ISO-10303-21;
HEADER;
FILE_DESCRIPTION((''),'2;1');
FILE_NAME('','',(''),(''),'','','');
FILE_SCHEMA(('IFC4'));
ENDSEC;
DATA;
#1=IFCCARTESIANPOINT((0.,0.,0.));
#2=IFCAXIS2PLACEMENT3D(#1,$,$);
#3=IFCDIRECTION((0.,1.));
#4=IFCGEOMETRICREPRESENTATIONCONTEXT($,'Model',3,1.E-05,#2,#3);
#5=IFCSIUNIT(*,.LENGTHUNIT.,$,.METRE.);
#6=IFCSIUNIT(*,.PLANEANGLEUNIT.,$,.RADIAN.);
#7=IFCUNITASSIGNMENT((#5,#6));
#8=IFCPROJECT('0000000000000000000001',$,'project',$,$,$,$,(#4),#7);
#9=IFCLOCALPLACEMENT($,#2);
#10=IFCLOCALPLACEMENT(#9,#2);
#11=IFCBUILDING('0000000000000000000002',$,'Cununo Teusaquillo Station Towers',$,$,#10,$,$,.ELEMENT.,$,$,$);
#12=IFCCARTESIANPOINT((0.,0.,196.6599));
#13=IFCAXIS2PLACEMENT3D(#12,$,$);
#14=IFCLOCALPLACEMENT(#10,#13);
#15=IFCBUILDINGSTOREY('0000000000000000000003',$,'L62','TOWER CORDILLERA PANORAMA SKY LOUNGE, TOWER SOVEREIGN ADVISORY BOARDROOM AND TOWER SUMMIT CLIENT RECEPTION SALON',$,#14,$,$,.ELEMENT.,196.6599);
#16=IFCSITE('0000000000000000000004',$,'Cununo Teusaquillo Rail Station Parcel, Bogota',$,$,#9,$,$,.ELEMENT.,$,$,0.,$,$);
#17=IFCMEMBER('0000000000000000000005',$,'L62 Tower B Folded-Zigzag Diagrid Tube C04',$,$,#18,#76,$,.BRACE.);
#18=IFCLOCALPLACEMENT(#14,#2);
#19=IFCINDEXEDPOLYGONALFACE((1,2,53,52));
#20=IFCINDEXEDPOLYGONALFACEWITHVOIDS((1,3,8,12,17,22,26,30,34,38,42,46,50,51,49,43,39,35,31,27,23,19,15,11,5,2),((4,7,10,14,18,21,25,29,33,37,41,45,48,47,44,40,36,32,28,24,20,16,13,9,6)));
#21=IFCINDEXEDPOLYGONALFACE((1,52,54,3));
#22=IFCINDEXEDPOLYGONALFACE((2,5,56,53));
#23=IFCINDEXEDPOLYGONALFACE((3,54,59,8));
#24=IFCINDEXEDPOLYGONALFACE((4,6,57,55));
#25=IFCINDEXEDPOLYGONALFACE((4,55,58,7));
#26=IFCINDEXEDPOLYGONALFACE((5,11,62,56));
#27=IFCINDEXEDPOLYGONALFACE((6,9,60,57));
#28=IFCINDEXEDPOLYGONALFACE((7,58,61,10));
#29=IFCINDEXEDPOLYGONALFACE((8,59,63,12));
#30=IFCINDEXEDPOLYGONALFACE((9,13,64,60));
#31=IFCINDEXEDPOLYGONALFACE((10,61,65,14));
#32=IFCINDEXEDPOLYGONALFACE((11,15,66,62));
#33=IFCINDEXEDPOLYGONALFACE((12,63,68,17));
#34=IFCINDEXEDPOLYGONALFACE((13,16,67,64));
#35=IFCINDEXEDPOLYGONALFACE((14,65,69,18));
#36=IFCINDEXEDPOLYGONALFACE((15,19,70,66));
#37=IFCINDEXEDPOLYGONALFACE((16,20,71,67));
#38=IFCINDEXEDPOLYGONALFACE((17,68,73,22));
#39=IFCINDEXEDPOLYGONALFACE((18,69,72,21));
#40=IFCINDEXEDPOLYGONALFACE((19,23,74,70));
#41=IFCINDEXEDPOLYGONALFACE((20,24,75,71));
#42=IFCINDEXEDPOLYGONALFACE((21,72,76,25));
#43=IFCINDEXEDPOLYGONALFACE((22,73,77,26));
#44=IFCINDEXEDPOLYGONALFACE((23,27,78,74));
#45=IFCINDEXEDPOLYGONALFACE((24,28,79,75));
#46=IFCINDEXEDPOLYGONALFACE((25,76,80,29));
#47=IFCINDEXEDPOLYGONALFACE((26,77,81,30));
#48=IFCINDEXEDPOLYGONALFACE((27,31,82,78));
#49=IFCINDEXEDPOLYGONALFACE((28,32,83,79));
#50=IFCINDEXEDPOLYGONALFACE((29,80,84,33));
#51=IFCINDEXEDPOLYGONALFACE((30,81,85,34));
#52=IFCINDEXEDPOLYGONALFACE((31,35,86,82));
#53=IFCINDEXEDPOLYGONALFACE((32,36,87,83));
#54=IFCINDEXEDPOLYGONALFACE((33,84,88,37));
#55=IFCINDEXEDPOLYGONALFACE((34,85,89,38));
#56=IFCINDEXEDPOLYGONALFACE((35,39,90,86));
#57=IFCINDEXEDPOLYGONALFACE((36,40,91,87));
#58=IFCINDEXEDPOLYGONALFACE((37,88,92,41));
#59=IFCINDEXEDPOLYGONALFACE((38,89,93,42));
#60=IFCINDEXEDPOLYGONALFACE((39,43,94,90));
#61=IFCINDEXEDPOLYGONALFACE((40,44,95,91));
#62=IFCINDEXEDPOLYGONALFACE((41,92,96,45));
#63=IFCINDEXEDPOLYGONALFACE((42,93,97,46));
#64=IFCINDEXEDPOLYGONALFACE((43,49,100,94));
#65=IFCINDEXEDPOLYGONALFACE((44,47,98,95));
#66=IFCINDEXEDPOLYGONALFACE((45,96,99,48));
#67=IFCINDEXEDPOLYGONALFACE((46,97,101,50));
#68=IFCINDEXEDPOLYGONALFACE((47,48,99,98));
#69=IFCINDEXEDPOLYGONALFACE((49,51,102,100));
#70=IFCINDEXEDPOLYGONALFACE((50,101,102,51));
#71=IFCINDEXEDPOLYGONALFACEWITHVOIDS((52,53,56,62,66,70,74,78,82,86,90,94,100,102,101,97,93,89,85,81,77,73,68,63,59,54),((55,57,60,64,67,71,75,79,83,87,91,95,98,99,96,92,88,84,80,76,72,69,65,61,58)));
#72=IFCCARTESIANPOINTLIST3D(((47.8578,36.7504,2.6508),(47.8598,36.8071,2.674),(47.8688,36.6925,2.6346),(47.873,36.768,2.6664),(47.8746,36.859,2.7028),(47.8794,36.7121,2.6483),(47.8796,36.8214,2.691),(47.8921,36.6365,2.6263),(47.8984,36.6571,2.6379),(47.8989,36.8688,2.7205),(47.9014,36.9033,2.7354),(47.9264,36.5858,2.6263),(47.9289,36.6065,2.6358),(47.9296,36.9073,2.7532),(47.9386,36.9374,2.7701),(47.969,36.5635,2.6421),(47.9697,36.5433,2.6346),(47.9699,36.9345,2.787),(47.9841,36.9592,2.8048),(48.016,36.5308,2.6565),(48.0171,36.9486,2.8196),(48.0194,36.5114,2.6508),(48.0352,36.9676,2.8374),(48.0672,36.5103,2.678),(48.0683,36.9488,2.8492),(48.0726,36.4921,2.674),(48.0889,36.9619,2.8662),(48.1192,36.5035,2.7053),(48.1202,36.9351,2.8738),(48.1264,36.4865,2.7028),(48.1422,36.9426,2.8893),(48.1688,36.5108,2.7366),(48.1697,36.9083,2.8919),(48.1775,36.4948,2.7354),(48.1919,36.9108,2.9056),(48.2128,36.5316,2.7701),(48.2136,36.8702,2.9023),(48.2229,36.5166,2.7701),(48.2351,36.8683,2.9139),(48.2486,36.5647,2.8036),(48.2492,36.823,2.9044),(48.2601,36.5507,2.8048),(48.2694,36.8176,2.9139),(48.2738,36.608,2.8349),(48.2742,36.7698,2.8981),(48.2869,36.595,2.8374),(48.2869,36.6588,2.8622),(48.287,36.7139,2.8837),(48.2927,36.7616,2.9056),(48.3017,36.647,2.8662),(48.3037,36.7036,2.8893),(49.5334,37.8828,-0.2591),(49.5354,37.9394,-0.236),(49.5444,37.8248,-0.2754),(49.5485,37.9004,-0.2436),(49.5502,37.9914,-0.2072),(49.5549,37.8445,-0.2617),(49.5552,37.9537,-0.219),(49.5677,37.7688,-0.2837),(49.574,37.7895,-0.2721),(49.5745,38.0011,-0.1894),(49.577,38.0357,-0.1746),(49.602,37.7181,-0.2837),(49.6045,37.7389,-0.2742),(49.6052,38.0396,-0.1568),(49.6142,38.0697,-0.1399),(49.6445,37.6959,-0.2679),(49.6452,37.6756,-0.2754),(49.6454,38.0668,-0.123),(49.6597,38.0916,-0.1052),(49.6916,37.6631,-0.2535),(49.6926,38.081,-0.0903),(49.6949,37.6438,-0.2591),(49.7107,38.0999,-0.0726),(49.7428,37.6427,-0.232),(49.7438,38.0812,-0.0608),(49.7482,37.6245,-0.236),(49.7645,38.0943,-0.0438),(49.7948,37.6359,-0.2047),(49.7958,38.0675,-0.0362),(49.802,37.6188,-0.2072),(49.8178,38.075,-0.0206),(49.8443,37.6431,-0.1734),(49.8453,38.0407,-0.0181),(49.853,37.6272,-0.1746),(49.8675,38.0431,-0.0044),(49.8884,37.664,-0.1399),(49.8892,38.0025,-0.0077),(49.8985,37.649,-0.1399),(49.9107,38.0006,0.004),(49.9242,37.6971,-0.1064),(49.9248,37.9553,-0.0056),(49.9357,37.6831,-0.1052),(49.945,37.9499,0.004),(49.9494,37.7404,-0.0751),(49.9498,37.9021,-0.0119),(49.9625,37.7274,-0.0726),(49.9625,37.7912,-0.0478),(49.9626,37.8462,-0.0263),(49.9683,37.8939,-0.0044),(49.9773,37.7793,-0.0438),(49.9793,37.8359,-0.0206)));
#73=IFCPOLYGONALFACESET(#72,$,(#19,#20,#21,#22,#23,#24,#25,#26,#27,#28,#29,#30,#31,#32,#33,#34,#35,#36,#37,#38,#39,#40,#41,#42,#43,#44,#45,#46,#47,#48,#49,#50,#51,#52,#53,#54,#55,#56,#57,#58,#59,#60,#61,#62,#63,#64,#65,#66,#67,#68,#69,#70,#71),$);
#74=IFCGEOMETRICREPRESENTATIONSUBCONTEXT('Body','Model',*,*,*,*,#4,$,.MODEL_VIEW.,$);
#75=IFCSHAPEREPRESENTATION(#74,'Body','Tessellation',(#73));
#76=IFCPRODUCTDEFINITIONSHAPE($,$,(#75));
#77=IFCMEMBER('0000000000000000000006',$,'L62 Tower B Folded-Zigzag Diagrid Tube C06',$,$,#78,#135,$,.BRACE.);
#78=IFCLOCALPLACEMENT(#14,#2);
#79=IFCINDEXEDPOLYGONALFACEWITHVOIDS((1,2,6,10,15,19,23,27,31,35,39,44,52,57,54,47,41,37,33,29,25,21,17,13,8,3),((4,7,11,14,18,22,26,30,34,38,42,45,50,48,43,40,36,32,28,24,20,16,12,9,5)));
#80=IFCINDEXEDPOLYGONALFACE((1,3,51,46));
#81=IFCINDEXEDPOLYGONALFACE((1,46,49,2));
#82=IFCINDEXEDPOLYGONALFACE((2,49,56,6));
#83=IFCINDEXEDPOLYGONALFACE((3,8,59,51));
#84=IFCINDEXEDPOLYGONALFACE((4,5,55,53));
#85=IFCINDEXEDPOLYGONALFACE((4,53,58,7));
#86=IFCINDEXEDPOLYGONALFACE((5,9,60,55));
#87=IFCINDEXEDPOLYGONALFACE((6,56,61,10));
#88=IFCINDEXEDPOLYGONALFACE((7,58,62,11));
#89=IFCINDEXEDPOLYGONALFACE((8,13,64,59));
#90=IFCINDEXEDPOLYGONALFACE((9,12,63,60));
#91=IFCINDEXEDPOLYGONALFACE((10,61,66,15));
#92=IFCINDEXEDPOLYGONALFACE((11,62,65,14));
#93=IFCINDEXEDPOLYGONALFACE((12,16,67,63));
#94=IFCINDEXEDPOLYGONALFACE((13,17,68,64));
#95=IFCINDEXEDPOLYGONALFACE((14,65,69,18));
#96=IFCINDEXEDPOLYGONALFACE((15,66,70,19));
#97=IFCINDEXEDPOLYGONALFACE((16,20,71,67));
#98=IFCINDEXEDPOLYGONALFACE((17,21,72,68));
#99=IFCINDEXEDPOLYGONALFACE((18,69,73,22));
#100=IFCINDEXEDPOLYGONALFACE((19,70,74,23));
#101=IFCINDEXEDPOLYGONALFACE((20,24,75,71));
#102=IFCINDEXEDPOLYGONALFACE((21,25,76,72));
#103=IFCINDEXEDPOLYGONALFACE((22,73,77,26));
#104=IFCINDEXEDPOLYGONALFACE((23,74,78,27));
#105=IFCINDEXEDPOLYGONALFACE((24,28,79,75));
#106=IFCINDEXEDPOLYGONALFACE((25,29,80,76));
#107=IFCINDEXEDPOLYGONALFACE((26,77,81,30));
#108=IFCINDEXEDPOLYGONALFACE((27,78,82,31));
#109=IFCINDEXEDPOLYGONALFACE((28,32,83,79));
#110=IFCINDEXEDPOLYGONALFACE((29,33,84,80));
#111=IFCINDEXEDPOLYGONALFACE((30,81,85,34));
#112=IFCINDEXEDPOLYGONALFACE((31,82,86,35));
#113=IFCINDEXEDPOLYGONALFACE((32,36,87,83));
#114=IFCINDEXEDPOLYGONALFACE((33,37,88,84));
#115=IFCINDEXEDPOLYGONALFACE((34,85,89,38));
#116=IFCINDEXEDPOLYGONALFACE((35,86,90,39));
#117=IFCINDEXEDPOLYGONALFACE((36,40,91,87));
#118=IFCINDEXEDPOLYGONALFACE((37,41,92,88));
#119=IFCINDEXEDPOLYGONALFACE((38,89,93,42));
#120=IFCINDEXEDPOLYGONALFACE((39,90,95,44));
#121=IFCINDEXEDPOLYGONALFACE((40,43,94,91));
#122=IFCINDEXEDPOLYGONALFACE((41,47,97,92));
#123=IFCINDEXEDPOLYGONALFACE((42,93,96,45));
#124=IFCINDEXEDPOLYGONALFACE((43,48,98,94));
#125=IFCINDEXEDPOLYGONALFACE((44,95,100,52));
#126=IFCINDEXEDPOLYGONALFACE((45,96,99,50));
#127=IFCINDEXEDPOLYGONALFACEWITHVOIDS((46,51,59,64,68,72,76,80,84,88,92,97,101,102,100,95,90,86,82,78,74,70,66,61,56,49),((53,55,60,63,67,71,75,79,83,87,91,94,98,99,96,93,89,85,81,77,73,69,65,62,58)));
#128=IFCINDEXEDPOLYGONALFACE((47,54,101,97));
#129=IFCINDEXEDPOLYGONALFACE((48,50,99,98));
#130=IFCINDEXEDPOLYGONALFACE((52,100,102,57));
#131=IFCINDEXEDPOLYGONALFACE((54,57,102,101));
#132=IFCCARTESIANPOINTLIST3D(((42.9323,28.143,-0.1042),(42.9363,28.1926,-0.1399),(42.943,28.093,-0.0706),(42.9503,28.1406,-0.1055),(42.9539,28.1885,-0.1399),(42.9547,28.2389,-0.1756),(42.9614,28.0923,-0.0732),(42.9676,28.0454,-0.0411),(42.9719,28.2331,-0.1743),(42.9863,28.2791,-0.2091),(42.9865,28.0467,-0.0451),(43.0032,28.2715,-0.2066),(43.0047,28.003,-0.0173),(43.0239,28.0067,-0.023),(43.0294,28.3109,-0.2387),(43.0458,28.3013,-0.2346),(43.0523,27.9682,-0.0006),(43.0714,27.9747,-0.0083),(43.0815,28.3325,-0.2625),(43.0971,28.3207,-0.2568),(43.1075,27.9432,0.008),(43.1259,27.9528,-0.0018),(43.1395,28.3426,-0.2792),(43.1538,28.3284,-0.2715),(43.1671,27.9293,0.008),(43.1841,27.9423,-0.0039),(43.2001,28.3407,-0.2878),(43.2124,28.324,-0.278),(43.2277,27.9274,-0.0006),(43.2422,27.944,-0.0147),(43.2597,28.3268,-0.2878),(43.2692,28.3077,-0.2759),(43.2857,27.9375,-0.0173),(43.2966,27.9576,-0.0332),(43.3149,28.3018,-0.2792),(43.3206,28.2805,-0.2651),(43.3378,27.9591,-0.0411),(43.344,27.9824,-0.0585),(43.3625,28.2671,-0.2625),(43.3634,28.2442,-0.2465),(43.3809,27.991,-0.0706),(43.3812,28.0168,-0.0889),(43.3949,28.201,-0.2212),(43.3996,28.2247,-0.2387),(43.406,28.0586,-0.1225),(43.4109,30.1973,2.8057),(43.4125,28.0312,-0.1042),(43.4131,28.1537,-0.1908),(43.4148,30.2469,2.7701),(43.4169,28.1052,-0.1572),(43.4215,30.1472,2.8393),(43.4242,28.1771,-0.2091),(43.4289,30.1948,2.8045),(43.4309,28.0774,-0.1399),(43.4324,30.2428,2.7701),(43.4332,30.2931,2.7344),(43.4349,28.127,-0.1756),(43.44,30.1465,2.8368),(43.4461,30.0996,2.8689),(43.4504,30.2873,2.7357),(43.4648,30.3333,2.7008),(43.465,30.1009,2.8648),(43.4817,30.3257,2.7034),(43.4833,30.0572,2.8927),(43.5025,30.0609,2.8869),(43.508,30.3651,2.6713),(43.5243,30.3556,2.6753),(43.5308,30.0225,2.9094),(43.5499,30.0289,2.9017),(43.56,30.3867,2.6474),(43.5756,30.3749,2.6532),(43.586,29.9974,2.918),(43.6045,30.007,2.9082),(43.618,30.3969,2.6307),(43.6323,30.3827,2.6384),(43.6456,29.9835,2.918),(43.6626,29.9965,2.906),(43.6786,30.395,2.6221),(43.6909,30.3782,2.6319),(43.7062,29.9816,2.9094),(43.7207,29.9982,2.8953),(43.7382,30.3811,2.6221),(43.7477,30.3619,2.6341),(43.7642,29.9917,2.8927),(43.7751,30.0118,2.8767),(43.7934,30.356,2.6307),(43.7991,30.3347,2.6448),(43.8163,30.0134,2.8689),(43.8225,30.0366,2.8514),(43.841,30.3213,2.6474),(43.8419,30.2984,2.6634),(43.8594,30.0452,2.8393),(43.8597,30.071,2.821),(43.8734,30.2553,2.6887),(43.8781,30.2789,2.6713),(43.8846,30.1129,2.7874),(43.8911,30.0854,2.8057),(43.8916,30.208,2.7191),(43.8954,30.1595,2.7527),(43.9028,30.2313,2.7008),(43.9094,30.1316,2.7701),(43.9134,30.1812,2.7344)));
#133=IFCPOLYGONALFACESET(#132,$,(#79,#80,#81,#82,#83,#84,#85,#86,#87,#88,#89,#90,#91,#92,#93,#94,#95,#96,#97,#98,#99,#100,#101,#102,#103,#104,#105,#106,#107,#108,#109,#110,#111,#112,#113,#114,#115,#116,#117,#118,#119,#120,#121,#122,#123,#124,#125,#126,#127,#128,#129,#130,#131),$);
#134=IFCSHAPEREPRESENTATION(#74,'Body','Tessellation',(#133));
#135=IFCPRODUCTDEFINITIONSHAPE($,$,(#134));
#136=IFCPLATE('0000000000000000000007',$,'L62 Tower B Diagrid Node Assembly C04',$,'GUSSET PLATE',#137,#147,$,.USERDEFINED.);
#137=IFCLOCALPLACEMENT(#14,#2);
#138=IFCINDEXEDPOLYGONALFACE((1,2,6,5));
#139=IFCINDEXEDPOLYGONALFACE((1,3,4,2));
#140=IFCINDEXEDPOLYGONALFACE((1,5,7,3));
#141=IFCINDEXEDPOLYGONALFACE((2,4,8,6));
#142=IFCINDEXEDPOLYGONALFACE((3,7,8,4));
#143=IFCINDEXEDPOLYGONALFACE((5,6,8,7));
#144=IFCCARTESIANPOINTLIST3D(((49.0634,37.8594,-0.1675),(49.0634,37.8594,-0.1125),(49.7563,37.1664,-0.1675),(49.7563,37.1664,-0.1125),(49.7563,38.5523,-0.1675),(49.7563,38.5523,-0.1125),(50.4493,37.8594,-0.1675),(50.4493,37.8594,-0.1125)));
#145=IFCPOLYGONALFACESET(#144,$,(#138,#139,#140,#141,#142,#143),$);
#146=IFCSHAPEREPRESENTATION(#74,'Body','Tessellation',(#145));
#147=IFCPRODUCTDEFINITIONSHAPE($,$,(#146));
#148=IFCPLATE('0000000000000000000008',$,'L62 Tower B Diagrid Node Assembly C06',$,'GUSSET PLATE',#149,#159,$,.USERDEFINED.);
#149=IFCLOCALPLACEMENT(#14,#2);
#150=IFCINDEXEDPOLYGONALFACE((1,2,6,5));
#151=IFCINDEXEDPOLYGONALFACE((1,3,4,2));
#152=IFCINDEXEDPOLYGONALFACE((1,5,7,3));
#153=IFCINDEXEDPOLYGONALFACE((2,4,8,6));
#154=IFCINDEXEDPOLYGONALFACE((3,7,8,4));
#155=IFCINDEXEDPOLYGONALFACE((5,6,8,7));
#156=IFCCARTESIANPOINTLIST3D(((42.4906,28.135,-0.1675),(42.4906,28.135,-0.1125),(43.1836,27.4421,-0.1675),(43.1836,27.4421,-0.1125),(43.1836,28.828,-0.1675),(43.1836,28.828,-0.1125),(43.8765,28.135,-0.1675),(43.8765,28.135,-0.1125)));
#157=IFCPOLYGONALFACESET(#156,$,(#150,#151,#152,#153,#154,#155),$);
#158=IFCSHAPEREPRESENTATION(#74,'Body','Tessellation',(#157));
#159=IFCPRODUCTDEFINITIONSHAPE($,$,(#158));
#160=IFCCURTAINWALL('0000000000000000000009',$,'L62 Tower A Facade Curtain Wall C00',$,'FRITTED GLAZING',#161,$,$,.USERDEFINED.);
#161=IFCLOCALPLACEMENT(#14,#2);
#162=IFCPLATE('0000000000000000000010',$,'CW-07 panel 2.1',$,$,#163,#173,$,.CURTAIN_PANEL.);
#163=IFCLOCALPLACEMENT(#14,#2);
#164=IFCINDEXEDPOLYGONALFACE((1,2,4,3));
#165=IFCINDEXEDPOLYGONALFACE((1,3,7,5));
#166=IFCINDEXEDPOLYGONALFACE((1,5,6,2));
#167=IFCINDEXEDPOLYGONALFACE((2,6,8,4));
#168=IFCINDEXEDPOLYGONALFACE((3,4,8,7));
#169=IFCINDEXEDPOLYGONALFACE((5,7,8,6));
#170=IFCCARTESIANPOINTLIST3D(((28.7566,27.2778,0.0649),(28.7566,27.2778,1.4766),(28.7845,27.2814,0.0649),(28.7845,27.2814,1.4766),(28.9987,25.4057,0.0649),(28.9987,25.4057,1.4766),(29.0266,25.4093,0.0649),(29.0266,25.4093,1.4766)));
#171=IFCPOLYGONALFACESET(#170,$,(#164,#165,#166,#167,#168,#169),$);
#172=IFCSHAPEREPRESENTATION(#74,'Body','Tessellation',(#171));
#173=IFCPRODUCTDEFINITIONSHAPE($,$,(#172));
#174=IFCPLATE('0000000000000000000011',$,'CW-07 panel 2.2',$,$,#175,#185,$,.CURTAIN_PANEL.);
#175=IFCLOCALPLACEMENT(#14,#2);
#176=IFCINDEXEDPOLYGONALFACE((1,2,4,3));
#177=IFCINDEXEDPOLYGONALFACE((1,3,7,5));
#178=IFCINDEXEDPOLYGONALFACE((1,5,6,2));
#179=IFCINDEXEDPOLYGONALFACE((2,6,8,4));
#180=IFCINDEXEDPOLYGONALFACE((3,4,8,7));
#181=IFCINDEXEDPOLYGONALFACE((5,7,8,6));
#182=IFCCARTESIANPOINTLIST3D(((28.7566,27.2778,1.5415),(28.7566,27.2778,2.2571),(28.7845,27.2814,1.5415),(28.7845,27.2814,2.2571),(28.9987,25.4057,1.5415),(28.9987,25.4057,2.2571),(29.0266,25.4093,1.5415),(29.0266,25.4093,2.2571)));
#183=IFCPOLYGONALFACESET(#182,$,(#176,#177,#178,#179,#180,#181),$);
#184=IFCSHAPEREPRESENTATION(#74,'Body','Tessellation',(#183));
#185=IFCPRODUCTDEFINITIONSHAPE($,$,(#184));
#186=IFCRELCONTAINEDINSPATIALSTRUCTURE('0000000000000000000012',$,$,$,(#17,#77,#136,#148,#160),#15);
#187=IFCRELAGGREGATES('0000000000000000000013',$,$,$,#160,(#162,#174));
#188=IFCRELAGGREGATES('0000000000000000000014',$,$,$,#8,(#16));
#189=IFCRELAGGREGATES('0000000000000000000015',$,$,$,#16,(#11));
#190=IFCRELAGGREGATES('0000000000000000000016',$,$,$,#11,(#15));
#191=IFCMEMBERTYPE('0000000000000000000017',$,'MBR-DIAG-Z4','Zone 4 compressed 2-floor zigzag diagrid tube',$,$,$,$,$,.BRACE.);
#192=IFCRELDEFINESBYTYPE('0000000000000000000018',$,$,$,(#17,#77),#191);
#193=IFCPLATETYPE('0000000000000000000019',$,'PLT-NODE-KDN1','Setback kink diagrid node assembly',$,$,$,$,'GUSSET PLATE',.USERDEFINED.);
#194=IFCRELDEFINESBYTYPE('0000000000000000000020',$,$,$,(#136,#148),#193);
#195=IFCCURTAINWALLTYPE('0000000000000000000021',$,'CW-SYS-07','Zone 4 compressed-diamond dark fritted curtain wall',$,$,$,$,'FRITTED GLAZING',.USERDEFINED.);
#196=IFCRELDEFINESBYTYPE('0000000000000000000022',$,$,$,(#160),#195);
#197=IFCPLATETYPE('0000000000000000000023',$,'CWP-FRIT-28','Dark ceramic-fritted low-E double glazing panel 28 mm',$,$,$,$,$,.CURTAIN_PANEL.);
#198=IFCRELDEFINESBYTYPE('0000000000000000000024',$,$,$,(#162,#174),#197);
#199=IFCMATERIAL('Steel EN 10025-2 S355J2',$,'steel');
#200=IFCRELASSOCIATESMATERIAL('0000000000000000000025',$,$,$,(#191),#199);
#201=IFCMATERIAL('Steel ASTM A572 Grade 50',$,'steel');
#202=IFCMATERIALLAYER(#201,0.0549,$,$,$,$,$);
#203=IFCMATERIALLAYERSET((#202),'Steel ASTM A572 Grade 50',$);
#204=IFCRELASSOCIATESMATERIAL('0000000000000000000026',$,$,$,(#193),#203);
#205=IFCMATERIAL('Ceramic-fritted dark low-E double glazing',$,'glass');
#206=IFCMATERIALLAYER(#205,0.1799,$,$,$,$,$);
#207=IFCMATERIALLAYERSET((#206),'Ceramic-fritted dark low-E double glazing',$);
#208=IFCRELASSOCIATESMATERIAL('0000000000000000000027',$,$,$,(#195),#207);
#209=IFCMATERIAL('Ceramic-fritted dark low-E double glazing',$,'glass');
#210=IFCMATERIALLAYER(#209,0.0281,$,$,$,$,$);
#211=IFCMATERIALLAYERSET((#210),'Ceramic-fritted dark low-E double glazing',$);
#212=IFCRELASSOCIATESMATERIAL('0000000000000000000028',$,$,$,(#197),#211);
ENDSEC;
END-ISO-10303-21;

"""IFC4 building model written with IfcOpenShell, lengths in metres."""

from ifc_helpers import new_model, si_unit, direction, frame, origin, origin_2d, place, context, subcontext, project, spatial, rectangle, hollow_circle, extrude, source, transform, mapped, material, layer, layer_set, material_profile, profile_set, type_object, element, aggregate, save


model = new_model("IFC4")

# Units and contexts
model_context = context("Model", 3, precision=1e-05, world=origin(), true_north=direction((0.0, 1.0)))
body_context = subcontext(model_context, "Body", "Model", "MODEL_VIEW")
ifc_project = project(units=[si_unit("LENGTHUNIT", "METRE"), si_unit("PLANEANGLEUNIT", "RADIAN")], contexts=[model_context])

# Site, building, storey
site_placement = place(None, origin())
site = spatial("IfcSite", under=ifc_project, at=site_placement, Name="Cununo Teusaquillo Rail Station Parcel, Bogota", CompositionType="ELEMENT", RefElevation=0.0)
building_placement = place(site_placement, origin())
building = spatial("IfcBuilding", under=site, at=building_placement, Name="Cununo Teusaquillo Station Towers", CompositionType="ELEMENT")
storey_placement = place(building_placement, frame((0.0, 0.0, 196.6599)))
storey = spatial("IfcBuildingStorey", under=building, at=storey_placement, Name="L62", Description="TOWER CORDILLERA PANORAMA SKY LOUNGE, TOWER SOVEREIGN ADVISORY BOARDROOM AND TOWER SUMMIT CLIENT RECEPTION SALON", CompositionType="ELEMENT", Elevation=196.6599)

# Members
ifc_material_1 = material(Name="Steel EN 10025-2 S355J2", Category="steel")
ifc_material_profile_1 = material_profile(ifc_material_1, hollow_circle(Radius=0.2539, WallThickness=0.0181, at=origin_2d()), Name="CHS 508x18")
ifc_profile_set_1 = profile_set([ifc_material_profile_1], Name="Steel EN 10025-2 S355J2")
member_type = type_object("IfcMemberType", Name="MBR-DIAG-Z4", Description="Zone 4 compressed 2-floor zigzag diagrid tube", PredefinedType="BRACE", material=ifc_profile_set_1)
member_1_placement = place(storey_placement, frame((49.7563, 37.8594, -0.1399), z_axis=(-0.472833, -0.31954, 0.821172), x_axis=(0.559927, -0.828542, 0.0)))
element("IfcMember", 1, at=member_1_placement, inside=storey, type_object=member_type, Name="L62 Tower B Folded-Zigzag Diagrid Tube C04", PredefinedType="BRACE", context=body_context, shape_type="SweptSolid", body=[
    extrude(hollow_circle(Radius=0.2539, WallThickness=0.0181, at=origin_2d()), origin(), (0.0, 0.0, 1.0), 3.5437),
])
member_2_placement = place(storey_placement, frame((43.1836, 28.135, -0.1399), z_axis=(0.133146, 0.571575, 0.809675), x_axis=(-0.973925, 0.226871, 0.0)))
element("IfcMember", 2, at=member_2_placement, inside=storey, type_object=member_type, Name="L62 Tower B Folded-Zigzag Diagrid Tube C06", PredefinedType="BRACE", context=body_context, shape_type="SweptSolid", body=[
    extrude(hollow_circle(Radius=0.2539, WallThickness=0.0181, at=origin_2d()), origin(), (0.0, 0.0, 1.0), 3.594),
])

# Plates
ifc_material_2 = material(Name="Steel ASTM A572 Grade 50", Category="steel")
ifc_layer_1 = layer(ifc_material_2, 0.0549)
ifc_layer_set_1 = layer_set([ifc_layer_1], Name="Steel ASTM A572 Grade 50")
plate_type_1 = type_object("IfcPlateType", Name="PLT-NODE-KDN1", Description="Setback kink diagrid node assembly", ElementType="GUSSET PLATE", PredefinedType="USERDEFINED", material=ifc_layer_set_1)
shared_shape_1 = source(origin(), body_context, "Body", "SweptSolid", [
    extrude(rectangle(XDim=0.98, YDim=0.98, at=origin_2d()), origin(), (0.0, 0.0, 1.0), 0.0549),
])
for number, where, z_axis, x_axis, name in (
    (3, (49.7563, 37.8594, -0.1675), (0.0, 0.0, 1.0), (0.707107, 0.707107, 0.0), "L62 Tower B Diagrid Node Assembly C04"),
    (4, (43.1836, 28.135, -0.1675), (0.0, 0.0, 1.0), (0.707107, 0.707107, 0.0), "L62 Tower B Diagrid Node Assembly C06"),
):
    element("IfcPlate", number, at=place(storey_placement, frame(where, z_axis=z_axis, x_axis=x_axis)), inside=storey, type_object=plate_type_1, Name=name, ObjectType="GUSSET PLATE", PredefinedType="USERDEFINED", context=body_context, shape_type="MappedRepresentation", body=[
        mapped(shared_shape_1, transform((0.0, 0.0, 0.0), x_axis=(1.0, 0.0, 0.0), y_axis=(0.0, 1.0, 0.0), z_axis=(0.0, 0.0, 1.0), scale=1.0)),
    ])

# Curtain wall, plates
ifc_material_3 = material(Name="Ceramic-fritted dark low-E double glazing", Category="glass")
ifc_layer_2 = layer(ifc_material_3, 0.1799)
ifc_layer_set_2 = layer_set([ifc_layer_2], Name="Ceramic-fritted dark low-E double glazing")
curtain_wall_type = type_object("IfcCurtainWallType", Name="CW-SYS-07", Description="Zone 4 compressed-diamond dark fritted curtain wall", ElementType="FRITTED GLAZING", PredefinedType="USERDEFINED", material=ifc_layer_set_2)
curtain_wall_placement = place(storey_placement, origin())
curtain_wall = element("IfcCurtainWall", 5, at=curtain_wall_placement, inside=storey, type_object=curtain_wall_type, Name="L62 Tower A Facade Curtain Wall C00", ObjectType="FRITTED GLAZING", PredefinedType="USERDEFINED")
ifc_material_4 = material(Name="Ceramic-fritted dark low-E double glazing", Category="glass")
ifc_layer_3 = layer(ifc_material_4, 0.0281)
ifc_layer_set_3 = layer_set([ifc_layer_3], Name="Ceramic-fritted dark low-E double glazing")
plate_type_2 = type_object("IfcPlateType", Name="CWP-FRIT-28", Description="Dark ceramic-fritted low-E double glazing panel 28 mm", PredefinedType="CURTAIN_PANEL", material=ifc_layer_set_3)
shared_shape_2 = source(origin(), body_context, "Body", "SweptSolid", [
    extrude(rectangle(XDim=1.8877, YDim=0.0281, at=origin_2d()), origin(), (0.0, 0.0, 1.0), 1.4116),
])
plate_1_placement = place(storey_placement, frame((28.8916, 26.3435, 0.0649), z_axis=(0.0, 0.0, 1.0), x_axis=(0.128253, -0.991742, 0.0)))
plate_1 = element("IfcPlate", 6, at=plate_1_placement, type_object=plate_type_2, Name="CW-07 panel 2.1", PredefinedType="CURTAIN_PANEL", context=body_context, shape_type="MappedRepresentation", body=[
    mapped(shared_shape_2, transform((0.0, 0.0, 0.0), x_axis=(1.0, 0.0, 0.0), y_axis=(0.0, 1.0, 0.0), z_axis=(0.0, 0.0, 1.0), scale=1.0)),
])
shared_shape_3 = source(origin(), body_context, "Body", "SweptSolid", [
    extrude(rectangle(XDim=1.8877, YDim=0.0281, at=origin_2d()), origin(), (0.0, 0.0, 1.0), 0.7156),
])
plate_2_placement = place(storey_placement, frame((28.8916, 26.3435, 1.5415), z_axis=(0.0, 0.0, 1.0), x_axis=(0.128253, -0.991742, 0.0)))
plate_2 = element("IfcPlate", 7, at=plate_2_placement, type_object=plate_type_2, Name="CW-07 panel 2.2", PredefinedType="CURTAIN_PANEL", context=body_context, shape_type="MappedRepresentation", body=[
    mapped(shared_shape_3, transform((0.0, 0.0, 0.0), x_axis=(1.0, 0.0, 0.0), y_axis=(0.0, 1.0, 0.0), z_axis=(0.0, 0.0, 1.0), scale=1.0)),
])
aggregate(curtain_wall, [plate_1, plate_2])

save(model, "model.ifc")
